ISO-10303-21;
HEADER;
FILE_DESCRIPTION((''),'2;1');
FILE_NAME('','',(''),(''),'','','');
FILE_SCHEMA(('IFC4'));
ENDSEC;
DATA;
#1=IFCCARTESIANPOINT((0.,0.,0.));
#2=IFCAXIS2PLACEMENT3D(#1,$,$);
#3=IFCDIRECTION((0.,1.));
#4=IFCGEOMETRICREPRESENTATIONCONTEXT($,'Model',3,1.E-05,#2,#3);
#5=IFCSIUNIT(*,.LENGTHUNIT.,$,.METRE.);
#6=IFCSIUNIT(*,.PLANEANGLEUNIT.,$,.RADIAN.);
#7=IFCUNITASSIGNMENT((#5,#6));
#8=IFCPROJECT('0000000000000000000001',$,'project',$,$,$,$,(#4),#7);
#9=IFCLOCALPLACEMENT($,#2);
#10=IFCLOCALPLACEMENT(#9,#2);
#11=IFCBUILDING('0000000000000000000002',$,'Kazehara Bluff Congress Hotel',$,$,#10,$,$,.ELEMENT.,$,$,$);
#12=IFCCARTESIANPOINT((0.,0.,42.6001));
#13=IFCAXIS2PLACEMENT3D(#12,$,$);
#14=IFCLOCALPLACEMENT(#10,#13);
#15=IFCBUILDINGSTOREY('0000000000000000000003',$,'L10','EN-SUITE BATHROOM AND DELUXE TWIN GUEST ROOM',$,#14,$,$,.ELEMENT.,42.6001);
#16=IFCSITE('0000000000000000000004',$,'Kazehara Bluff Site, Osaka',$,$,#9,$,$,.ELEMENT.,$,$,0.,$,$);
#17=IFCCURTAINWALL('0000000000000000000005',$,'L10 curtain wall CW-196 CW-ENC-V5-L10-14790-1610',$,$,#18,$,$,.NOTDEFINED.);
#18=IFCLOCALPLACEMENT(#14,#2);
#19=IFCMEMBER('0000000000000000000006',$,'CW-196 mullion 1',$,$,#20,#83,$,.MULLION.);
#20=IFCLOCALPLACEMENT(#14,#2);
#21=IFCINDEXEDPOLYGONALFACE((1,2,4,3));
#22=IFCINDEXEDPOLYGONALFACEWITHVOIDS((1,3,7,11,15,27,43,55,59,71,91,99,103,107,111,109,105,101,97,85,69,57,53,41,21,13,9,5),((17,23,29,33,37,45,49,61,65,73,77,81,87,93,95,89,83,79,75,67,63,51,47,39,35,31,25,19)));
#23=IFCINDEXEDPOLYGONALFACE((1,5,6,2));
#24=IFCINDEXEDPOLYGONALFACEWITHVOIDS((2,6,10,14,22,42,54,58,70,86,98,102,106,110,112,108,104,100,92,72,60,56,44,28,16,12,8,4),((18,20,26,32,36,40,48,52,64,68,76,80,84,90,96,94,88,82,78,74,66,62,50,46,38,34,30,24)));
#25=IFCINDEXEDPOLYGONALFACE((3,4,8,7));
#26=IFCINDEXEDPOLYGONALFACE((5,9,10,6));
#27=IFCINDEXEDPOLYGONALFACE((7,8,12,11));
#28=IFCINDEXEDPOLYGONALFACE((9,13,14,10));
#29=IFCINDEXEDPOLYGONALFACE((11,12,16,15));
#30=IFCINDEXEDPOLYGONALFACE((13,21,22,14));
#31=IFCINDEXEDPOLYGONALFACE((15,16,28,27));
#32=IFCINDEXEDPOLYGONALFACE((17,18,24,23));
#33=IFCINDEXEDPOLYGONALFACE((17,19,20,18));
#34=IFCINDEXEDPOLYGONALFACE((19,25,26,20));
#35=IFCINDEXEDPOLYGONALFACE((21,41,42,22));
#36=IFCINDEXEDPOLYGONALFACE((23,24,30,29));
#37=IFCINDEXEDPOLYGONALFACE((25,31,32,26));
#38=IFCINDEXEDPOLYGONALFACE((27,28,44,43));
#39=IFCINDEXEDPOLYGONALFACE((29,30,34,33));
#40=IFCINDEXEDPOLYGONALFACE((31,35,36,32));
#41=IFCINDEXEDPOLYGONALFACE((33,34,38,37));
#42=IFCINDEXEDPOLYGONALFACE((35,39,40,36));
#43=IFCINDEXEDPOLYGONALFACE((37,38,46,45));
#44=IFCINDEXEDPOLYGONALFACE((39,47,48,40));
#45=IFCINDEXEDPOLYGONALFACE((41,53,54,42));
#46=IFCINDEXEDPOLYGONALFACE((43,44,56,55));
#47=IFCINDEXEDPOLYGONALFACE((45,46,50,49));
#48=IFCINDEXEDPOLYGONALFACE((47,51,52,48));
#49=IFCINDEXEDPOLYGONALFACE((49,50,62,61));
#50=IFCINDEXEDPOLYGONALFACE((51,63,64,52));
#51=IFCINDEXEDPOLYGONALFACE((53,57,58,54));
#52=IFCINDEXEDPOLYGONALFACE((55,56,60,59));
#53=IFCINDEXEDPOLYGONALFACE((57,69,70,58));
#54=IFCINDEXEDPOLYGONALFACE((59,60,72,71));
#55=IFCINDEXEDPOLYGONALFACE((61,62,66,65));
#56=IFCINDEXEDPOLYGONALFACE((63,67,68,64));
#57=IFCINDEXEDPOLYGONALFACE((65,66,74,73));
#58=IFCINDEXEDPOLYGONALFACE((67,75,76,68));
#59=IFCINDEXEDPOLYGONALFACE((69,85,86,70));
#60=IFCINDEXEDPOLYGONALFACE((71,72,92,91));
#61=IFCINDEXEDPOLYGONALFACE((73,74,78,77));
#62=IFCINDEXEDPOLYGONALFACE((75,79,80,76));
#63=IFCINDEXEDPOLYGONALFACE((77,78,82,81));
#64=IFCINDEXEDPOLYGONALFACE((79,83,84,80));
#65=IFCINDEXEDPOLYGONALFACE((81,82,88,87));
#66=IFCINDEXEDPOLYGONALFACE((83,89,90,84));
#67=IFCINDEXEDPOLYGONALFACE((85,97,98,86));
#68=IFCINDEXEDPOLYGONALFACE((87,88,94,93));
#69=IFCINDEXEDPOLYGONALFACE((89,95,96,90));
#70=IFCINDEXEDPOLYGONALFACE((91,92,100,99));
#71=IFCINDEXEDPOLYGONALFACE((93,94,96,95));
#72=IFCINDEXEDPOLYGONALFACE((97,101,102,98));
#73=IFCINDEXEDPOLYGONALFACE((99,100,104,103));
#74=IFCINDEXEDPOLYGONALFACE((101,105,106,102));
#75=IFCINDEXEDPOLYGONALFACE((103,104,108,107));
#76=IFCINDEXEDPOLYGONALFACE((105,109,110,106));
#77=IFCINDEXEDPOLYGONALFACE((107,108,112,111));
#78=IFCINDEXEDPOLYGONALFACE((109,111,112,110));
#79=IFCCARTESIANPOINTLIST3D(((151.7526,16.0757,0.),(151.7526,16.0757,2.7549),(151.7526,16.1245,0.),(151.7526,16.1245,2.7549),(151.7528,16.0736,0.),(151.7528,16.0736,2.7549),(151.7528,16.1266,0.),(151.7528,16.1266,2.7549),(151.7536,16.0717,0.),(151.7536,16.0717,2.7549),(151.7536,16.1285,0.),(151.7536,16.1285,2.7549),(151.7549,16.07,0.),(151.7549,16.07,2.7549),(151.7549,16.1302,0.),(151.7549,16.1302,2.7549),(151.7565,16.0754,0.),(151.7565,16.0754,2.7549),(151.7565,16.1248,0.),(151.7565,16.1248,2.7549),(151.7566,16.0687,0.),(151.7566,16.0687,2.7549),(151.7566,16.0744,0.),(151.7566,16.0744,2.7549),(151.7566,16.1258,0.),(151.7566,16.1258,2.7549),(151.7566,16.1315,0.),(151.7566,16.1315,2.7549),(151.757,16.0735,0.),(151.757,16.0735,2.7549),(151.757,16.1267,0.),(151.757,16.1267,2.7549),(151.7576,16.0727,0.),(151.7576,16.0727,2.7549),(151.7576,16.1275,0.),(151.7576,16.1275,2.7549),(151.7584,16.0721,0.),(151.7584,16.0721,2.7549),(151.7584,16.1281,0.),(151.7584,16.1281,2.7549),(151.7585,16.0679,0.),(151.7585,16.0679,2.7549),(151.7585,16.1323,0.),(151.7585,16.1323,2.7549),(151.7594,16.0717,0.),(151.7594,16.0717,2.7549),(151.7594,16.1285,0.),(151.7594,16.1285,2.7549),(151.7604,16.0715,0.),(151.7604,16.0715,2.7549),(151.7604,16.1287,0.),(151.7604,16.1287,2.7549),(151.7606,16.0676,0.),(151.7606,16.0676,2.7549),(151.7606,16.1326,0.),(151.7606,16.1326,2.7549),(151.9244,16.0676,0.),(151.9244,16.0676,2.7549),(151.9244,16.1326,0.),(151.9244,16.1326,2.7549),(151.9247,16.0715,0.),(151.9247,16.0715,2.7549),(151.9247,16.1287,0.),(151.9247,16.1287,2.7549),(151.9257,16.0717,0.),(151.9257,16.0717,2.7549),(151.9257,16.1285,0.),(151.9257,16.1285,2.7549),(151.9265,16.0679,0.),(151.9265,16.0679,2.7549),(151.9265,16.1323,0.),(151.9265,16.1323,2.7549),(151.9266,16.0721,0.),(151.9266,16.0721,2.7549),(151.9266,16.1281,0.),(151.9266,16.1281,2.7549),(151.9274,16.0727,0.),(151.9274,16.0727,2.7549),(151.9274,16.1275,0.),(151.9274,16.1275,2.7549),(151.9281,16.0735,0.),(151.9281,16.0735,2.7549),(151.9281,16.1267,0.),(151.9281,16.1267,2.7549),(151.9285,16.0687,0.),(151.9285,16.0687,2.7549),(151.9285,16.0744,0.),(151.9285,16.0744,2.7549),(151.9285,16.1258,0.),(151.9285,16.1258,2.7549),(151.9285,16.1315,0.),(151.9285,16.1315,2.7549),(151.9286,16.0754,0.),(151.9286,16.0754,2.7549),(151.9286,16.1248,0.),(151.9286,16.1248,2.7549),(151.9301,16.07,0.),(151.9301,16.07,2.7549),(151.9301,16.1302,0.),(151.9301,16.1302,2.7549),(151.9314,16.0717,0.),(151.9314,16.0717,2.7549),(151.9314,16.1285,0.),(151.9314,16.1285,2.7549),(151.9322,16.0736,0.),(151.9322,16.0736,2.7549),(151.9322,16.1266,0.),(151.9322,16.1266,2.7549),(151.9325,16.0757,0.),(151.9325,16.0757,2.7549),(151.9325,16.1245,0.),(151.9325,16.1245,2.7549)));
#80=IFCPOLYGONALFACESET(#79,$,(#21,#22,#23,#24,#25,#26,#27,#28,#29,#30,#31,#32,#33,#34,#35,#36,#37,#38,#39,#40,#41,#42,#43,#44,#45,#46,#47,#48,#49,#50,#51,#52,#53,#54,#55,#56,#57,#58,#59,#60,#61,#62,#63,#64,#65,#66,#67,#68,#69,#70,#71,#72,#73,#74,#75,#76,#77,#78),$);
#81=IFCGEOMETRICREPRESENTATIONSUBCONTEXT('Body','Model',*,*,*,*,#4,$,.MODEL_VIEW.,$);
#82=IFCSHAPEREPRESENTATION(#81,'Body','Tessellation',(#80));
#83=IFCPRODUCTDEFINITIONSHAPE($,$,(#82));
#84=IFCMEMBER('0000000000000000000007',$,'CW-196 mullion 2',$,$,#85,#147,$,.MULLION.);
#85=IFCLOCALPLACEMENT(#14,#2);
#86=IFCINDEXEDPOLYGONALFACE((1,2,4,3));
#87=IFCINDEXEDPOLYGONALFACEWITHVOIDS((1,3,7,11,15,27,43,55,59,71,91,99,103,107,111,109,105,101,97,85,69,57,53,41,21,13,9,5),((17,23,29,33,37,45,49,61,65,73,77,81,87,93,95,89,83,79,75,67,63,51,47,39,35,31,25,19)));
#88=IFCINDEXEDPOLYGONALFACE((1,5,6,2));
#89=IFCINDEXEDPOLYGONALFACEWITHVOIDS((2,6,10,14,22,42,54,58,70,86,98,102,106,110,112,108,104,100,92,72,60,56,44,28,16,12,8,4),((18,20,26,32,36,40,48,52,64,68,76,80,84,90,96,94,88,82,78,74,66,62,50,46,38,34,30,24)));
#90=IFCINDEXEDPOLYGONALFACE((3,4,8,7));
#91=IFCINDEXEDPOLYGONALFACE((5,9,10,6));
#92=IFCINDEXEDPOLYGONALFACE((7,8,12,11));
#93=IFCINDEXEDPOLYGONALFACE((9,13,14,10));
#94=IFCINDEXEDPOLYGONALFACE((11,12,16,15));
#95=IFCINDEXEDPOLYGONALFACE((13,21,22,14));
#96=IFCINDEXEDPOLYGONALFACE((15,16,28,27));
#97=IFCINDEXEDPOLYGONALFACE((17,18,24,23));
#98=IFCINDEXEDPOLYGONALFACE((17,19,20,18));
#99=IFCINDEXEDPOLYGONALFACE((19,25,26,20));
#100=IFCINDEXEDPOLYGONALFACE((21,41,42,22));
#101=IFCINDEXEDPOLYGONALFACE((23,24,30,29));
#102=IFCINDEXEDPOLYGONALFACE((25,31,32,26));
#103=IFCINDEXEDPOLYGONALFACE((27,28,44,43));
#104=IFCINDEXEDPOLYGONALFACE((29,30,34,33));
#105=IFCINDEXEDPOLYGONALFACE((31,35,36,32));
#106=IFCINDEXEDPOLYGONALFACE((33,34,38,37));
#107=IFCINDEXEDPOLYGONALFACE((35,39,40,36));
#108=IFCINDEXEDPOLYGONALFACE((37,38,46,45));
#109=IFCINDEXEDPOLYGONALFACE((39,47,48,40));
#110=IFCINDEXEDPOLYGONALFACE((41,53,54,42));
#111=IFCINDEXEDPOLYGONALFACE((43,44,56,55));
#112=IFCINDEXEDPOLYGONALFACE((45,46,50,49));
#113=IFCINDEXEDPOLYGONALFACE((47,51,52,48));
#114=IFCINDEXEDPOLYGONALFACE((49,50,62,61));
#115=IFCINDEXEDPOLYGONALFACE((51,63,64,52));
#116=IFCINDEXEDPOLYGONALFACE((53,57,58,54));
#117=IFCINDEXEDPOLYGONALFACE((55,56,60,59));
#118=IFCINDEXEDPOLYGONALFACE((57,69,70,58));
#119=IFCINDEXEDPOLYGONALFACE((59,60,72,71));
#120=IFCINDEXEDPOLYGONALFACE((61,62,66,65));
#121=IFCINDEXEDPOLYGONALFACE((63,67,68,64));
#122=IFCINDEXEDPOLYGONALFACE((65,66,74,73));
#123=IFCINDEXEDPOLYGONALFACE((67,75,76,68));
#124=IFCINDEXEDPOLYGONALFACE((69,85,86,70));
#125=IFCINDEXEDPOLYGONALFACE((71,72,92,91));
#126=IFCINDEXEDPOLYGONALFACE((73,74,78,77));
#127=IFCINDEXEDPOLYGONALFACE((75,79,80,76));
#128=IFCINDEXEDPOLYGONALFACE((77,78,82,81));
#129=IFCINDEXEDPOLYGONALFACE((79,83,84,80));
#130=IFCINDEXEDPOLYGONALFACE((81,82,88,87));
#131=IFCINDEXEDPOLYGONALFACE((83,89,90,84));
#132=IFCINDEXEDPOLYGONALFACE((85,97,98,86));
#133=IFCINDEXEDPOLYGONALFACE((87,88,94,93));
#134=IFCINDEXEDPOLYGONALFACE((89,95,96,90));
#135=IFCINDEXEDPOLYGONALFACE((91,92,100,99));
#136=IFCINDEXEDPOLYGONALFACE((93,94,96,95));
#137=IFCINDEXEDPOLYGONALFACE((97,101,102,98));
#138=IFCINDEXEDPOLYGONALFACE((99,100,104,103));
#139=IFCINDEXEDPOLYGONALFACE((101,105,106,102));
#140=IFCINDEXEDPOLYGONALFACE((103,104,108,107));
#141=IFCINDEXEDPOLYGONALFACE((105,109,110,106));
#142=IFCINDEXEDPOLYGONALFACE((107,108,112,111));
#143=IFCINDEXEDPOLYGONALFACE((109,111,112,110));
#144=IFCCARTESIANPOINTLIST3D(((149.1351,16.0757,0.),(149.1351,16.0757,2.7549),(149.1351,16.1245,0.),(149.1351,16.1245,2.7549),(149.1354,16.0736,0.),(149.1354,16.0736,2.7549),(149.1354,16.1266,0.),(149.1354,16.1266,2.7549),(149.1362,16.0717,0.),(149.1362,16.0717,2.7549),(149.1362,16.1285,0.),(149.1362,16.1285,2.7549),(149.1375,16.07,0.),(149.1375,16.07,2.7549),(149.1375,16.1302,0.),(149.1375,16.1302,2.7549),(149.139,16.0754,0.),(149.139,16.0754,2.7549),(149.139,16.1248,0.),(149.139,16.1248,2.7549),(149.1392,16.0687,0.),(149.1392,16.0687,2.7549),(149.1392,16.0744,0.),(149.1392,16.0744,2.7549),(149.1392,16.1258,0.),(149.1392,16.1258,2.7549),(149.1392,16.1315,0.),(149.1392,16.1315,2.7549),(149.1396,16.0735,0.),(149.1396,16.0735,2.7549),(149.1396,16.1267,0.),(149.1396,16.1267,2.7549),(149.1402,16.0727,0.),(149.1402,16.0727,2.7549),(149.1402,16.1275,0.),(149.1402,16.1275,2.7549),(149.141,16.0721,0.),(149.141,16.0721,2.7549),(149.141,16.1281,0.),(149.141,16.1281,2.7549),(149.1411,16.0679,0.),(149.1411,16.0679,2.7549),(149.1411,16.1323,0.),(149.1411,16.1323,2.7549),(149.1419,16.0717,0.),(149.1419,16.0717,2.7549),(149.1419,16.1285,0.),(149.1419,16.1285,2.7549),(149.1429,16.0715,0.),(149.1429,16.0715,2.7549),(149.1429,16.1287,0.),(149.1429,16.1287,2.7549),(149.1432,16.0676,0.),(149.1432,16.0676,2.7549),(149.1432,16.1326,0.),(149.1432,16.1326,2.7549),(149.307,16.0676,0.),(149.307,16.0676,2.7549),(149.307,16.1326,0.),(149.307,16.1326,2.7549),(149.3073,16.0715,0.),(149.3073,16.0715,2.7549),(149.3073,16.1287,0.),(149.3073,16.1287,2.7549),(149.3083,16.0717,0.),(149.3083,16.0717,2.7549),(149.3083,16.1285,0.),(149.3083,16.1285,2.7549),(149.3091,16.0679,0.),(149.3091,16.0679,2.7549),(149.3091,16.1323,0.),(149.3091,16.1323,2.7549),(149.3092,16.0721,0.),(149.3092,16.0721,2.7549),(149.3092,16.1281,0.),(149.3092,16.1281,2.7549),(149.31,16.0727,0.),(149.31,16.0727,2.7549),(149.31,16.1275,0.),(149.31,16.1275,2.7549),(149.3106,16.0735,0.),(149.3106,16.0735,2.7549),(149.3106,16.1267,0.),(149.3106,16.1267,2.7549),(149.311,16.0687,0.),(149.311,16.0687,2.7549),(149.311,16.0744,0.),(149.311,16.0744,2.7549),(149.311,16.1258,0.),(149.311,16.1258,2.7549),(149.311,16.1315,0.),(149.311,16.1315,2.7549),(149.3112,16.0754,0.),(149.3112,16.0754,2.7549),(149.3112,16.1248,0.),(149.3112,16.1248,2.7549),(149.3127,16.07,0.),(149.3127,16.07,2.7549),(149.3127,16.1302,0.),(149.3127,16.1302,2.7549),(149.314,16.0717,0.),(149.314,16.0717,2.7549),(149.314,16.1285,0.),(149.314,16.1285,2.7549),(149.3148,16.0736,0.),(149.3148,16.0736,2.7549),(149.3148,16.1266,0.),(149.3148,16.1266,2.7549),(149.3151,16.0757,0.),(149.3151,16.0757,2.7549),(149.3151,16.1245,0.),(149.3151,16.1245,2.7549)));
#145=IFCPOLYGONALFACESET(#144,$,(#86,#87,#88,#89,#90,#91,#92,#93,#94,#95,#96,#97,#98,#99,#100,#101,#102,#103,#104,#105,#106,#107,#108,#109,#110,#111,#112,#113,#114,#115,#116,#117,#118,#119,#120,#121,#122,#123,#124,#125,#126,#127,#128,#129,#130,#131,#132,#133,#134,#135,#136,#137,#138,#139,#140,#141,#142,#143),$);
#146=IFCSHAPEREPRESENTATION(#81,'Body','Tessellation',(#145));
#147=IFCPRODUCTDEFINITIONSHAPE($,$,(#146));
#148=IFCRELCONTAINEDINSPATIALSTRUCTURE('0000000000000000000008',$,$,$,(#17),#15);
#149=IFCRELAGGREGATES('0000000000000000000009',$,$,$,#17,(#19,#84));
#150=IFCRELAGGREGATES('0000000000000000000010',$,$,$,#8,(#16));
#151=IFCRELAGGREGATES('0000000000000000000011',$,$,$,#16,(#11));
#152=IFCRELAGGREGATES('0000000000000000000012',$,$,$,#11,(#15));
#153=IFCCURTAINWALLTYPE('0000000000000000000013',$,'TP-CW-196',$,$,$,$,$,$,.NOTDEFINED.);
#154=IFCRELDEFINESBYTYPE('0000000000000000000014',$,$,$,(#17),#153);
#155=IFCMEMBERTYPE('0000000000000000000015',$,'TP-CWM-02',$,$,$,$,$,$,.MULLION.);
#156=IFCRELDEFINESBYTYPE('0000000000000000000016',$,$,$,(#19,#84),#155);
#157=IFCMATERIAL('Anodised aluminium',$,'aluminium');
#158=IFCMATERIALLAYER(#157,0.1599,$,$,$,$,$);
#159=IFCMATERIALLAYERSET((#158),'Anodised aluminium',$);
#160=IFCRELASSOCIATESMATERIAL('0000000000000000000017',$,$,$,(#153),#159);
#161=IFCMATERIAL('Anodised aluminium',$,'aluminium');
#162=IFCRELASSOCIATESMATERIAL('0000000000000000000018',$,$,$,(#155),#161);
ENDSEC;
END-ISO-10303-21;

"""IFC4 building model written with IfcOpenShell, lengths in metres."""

from ifc_helpers import new_model, si_unit, direction, frame, origin, origin_2d, place, context, subcontext, project, spatial, hollow_rectangle, extrude, material, layer, layer_set, material_profile, profile_set, type_object, element, aggregate, save


model = new_model("IFC4")

# Units and contexts
model_context = context("Model", 3, precision=1e-05, world=origin(), true_north=direction((0.0, 1.0)))
body_context = subcontext(model_context, "Body", "Model", "MODEL_VIEW")
ifc_project = project(units=[si_unit("LENGTHUNIT", "METRE"), si_unit("PLANEANGLEUNIT", "RADIAN")], contexts=[model_context])

# Site, building, storey
site_placement = place(None, origin())
site = spatial("IfcSite", under=ifc_project, at=site_placement, Name="Kazehara Bluff Site, Osaka", CompositionType="ELEMENT", RefElevation=0.0)
building_placement = place(site_placement, origin())
building = spatial("IfcBuilding", under=site, at=building_placement, Name="Kazehara Bluff Congress Hotel", CompositionType="ELEMENT")
storey_placement = place(building_placement, frame((0.0, 0.0, 42.6001)))
storey = spatial("IfcBuildingStorey", under=building, at=storey_placement, Name="L10", Description="EN-SUITE BATHROOM AND DELUXE TWIN GUEST ROOM", CompositionType="ELEMENT", Elevation=42.6001)

# Curtain wall, members
ifc_material_1 = material(Name="Anodised aluminium", Category="aluminium")
ifc_layer_1 = layer(ifc_material_1, 0.1599)
ifc_layer_set_1 = layer_set([ifc_layer_1], Name="Anodised aluminium")
curtain_wall_type = type_object("IfcCurtainWallType", Name="TP-CW-196", PredefinedType="NOTDEFINED", material=ifc_layer_set_1)
curtain_wall_placement = place(storey_placement, origin())
curtain_wall = element("IfcCurtainWall", 1, at=curtain_wall_placement, inside=storey, type_object=curtain_wall_type, Name="L10 curtain wall CW-196 CW-ENC-V5-L10-14790-1610", PredefinedType="NOTDEFINED")
ifc_material_2 = material(Name="Anodised aluminium", Category="aluminium")
ifc_material_profile_1 = material_profile(ifc_material_2, hollow_rectangle(XDim=0.0649, YDim=0.1799, WallThickness=0.0039, InnerFilletRadius=0.0039, OuterFilletRadius=0.0081, at=origin_2d()))
ifc_profile_set_1 = profile_set([ifc_material_profile_1], Name="Anodised aluminium")
member_type_1 = type_object("IfcMemberType", Name="TP-CWM-02", PredefinedType="MULLION", material=ifc_profile_set_1)
member_1_placement = place(storey_placement, frame((151.8425, 16.1001, 0.0), z_axis=(0.0, 0.0, 1.0), x_axis=(0.0, -1.0, 0.0)))
member_1 = element("IfcMember", 2, at=member_1_placement, type_object=member_type_1, Name="CW-196 mullion 1", PredefinedType="MULLION", context=body_context, shape_type="SweptSolid", body=[
    extrude(hollow_rectangle(XDim=0.0649, YDim=0.1799, WallThickness=0.0039, InnerFilletRadius=0.0039, OuterFilletRadius=0.0081, at=origin_2d()), origin(), (0.0, 0.0, 1.0), 2.7549),
])
member_2_placement = place(storey_placement, frame((149.2251, 16.1001, 0.0), z_axis=(0.0, 0.0, 1.0), x_axis=(0.0, -1.0, 0.0)))
member_2 = element("IfcMember", 3, at=member_2_placement, type_object=member_type_1, Name="CW-196 mullion 2", PredefinedType="MULLION", context=body_context, shape_type="SweptSolid", body=[
    extrude(hollow_rectangle(XDim=0.0649, YDim=0.1799, WallThickness=0.0039, InnerFilletRadius=0.0039, OuterFilletRadius=0.0081, at=origin_2d()), origin(), (0.0, 0.0, 1.0), 2.7549),
])

aggregate(curtain_wall, [member_1, member_2])

save(model, "model.ifc")
